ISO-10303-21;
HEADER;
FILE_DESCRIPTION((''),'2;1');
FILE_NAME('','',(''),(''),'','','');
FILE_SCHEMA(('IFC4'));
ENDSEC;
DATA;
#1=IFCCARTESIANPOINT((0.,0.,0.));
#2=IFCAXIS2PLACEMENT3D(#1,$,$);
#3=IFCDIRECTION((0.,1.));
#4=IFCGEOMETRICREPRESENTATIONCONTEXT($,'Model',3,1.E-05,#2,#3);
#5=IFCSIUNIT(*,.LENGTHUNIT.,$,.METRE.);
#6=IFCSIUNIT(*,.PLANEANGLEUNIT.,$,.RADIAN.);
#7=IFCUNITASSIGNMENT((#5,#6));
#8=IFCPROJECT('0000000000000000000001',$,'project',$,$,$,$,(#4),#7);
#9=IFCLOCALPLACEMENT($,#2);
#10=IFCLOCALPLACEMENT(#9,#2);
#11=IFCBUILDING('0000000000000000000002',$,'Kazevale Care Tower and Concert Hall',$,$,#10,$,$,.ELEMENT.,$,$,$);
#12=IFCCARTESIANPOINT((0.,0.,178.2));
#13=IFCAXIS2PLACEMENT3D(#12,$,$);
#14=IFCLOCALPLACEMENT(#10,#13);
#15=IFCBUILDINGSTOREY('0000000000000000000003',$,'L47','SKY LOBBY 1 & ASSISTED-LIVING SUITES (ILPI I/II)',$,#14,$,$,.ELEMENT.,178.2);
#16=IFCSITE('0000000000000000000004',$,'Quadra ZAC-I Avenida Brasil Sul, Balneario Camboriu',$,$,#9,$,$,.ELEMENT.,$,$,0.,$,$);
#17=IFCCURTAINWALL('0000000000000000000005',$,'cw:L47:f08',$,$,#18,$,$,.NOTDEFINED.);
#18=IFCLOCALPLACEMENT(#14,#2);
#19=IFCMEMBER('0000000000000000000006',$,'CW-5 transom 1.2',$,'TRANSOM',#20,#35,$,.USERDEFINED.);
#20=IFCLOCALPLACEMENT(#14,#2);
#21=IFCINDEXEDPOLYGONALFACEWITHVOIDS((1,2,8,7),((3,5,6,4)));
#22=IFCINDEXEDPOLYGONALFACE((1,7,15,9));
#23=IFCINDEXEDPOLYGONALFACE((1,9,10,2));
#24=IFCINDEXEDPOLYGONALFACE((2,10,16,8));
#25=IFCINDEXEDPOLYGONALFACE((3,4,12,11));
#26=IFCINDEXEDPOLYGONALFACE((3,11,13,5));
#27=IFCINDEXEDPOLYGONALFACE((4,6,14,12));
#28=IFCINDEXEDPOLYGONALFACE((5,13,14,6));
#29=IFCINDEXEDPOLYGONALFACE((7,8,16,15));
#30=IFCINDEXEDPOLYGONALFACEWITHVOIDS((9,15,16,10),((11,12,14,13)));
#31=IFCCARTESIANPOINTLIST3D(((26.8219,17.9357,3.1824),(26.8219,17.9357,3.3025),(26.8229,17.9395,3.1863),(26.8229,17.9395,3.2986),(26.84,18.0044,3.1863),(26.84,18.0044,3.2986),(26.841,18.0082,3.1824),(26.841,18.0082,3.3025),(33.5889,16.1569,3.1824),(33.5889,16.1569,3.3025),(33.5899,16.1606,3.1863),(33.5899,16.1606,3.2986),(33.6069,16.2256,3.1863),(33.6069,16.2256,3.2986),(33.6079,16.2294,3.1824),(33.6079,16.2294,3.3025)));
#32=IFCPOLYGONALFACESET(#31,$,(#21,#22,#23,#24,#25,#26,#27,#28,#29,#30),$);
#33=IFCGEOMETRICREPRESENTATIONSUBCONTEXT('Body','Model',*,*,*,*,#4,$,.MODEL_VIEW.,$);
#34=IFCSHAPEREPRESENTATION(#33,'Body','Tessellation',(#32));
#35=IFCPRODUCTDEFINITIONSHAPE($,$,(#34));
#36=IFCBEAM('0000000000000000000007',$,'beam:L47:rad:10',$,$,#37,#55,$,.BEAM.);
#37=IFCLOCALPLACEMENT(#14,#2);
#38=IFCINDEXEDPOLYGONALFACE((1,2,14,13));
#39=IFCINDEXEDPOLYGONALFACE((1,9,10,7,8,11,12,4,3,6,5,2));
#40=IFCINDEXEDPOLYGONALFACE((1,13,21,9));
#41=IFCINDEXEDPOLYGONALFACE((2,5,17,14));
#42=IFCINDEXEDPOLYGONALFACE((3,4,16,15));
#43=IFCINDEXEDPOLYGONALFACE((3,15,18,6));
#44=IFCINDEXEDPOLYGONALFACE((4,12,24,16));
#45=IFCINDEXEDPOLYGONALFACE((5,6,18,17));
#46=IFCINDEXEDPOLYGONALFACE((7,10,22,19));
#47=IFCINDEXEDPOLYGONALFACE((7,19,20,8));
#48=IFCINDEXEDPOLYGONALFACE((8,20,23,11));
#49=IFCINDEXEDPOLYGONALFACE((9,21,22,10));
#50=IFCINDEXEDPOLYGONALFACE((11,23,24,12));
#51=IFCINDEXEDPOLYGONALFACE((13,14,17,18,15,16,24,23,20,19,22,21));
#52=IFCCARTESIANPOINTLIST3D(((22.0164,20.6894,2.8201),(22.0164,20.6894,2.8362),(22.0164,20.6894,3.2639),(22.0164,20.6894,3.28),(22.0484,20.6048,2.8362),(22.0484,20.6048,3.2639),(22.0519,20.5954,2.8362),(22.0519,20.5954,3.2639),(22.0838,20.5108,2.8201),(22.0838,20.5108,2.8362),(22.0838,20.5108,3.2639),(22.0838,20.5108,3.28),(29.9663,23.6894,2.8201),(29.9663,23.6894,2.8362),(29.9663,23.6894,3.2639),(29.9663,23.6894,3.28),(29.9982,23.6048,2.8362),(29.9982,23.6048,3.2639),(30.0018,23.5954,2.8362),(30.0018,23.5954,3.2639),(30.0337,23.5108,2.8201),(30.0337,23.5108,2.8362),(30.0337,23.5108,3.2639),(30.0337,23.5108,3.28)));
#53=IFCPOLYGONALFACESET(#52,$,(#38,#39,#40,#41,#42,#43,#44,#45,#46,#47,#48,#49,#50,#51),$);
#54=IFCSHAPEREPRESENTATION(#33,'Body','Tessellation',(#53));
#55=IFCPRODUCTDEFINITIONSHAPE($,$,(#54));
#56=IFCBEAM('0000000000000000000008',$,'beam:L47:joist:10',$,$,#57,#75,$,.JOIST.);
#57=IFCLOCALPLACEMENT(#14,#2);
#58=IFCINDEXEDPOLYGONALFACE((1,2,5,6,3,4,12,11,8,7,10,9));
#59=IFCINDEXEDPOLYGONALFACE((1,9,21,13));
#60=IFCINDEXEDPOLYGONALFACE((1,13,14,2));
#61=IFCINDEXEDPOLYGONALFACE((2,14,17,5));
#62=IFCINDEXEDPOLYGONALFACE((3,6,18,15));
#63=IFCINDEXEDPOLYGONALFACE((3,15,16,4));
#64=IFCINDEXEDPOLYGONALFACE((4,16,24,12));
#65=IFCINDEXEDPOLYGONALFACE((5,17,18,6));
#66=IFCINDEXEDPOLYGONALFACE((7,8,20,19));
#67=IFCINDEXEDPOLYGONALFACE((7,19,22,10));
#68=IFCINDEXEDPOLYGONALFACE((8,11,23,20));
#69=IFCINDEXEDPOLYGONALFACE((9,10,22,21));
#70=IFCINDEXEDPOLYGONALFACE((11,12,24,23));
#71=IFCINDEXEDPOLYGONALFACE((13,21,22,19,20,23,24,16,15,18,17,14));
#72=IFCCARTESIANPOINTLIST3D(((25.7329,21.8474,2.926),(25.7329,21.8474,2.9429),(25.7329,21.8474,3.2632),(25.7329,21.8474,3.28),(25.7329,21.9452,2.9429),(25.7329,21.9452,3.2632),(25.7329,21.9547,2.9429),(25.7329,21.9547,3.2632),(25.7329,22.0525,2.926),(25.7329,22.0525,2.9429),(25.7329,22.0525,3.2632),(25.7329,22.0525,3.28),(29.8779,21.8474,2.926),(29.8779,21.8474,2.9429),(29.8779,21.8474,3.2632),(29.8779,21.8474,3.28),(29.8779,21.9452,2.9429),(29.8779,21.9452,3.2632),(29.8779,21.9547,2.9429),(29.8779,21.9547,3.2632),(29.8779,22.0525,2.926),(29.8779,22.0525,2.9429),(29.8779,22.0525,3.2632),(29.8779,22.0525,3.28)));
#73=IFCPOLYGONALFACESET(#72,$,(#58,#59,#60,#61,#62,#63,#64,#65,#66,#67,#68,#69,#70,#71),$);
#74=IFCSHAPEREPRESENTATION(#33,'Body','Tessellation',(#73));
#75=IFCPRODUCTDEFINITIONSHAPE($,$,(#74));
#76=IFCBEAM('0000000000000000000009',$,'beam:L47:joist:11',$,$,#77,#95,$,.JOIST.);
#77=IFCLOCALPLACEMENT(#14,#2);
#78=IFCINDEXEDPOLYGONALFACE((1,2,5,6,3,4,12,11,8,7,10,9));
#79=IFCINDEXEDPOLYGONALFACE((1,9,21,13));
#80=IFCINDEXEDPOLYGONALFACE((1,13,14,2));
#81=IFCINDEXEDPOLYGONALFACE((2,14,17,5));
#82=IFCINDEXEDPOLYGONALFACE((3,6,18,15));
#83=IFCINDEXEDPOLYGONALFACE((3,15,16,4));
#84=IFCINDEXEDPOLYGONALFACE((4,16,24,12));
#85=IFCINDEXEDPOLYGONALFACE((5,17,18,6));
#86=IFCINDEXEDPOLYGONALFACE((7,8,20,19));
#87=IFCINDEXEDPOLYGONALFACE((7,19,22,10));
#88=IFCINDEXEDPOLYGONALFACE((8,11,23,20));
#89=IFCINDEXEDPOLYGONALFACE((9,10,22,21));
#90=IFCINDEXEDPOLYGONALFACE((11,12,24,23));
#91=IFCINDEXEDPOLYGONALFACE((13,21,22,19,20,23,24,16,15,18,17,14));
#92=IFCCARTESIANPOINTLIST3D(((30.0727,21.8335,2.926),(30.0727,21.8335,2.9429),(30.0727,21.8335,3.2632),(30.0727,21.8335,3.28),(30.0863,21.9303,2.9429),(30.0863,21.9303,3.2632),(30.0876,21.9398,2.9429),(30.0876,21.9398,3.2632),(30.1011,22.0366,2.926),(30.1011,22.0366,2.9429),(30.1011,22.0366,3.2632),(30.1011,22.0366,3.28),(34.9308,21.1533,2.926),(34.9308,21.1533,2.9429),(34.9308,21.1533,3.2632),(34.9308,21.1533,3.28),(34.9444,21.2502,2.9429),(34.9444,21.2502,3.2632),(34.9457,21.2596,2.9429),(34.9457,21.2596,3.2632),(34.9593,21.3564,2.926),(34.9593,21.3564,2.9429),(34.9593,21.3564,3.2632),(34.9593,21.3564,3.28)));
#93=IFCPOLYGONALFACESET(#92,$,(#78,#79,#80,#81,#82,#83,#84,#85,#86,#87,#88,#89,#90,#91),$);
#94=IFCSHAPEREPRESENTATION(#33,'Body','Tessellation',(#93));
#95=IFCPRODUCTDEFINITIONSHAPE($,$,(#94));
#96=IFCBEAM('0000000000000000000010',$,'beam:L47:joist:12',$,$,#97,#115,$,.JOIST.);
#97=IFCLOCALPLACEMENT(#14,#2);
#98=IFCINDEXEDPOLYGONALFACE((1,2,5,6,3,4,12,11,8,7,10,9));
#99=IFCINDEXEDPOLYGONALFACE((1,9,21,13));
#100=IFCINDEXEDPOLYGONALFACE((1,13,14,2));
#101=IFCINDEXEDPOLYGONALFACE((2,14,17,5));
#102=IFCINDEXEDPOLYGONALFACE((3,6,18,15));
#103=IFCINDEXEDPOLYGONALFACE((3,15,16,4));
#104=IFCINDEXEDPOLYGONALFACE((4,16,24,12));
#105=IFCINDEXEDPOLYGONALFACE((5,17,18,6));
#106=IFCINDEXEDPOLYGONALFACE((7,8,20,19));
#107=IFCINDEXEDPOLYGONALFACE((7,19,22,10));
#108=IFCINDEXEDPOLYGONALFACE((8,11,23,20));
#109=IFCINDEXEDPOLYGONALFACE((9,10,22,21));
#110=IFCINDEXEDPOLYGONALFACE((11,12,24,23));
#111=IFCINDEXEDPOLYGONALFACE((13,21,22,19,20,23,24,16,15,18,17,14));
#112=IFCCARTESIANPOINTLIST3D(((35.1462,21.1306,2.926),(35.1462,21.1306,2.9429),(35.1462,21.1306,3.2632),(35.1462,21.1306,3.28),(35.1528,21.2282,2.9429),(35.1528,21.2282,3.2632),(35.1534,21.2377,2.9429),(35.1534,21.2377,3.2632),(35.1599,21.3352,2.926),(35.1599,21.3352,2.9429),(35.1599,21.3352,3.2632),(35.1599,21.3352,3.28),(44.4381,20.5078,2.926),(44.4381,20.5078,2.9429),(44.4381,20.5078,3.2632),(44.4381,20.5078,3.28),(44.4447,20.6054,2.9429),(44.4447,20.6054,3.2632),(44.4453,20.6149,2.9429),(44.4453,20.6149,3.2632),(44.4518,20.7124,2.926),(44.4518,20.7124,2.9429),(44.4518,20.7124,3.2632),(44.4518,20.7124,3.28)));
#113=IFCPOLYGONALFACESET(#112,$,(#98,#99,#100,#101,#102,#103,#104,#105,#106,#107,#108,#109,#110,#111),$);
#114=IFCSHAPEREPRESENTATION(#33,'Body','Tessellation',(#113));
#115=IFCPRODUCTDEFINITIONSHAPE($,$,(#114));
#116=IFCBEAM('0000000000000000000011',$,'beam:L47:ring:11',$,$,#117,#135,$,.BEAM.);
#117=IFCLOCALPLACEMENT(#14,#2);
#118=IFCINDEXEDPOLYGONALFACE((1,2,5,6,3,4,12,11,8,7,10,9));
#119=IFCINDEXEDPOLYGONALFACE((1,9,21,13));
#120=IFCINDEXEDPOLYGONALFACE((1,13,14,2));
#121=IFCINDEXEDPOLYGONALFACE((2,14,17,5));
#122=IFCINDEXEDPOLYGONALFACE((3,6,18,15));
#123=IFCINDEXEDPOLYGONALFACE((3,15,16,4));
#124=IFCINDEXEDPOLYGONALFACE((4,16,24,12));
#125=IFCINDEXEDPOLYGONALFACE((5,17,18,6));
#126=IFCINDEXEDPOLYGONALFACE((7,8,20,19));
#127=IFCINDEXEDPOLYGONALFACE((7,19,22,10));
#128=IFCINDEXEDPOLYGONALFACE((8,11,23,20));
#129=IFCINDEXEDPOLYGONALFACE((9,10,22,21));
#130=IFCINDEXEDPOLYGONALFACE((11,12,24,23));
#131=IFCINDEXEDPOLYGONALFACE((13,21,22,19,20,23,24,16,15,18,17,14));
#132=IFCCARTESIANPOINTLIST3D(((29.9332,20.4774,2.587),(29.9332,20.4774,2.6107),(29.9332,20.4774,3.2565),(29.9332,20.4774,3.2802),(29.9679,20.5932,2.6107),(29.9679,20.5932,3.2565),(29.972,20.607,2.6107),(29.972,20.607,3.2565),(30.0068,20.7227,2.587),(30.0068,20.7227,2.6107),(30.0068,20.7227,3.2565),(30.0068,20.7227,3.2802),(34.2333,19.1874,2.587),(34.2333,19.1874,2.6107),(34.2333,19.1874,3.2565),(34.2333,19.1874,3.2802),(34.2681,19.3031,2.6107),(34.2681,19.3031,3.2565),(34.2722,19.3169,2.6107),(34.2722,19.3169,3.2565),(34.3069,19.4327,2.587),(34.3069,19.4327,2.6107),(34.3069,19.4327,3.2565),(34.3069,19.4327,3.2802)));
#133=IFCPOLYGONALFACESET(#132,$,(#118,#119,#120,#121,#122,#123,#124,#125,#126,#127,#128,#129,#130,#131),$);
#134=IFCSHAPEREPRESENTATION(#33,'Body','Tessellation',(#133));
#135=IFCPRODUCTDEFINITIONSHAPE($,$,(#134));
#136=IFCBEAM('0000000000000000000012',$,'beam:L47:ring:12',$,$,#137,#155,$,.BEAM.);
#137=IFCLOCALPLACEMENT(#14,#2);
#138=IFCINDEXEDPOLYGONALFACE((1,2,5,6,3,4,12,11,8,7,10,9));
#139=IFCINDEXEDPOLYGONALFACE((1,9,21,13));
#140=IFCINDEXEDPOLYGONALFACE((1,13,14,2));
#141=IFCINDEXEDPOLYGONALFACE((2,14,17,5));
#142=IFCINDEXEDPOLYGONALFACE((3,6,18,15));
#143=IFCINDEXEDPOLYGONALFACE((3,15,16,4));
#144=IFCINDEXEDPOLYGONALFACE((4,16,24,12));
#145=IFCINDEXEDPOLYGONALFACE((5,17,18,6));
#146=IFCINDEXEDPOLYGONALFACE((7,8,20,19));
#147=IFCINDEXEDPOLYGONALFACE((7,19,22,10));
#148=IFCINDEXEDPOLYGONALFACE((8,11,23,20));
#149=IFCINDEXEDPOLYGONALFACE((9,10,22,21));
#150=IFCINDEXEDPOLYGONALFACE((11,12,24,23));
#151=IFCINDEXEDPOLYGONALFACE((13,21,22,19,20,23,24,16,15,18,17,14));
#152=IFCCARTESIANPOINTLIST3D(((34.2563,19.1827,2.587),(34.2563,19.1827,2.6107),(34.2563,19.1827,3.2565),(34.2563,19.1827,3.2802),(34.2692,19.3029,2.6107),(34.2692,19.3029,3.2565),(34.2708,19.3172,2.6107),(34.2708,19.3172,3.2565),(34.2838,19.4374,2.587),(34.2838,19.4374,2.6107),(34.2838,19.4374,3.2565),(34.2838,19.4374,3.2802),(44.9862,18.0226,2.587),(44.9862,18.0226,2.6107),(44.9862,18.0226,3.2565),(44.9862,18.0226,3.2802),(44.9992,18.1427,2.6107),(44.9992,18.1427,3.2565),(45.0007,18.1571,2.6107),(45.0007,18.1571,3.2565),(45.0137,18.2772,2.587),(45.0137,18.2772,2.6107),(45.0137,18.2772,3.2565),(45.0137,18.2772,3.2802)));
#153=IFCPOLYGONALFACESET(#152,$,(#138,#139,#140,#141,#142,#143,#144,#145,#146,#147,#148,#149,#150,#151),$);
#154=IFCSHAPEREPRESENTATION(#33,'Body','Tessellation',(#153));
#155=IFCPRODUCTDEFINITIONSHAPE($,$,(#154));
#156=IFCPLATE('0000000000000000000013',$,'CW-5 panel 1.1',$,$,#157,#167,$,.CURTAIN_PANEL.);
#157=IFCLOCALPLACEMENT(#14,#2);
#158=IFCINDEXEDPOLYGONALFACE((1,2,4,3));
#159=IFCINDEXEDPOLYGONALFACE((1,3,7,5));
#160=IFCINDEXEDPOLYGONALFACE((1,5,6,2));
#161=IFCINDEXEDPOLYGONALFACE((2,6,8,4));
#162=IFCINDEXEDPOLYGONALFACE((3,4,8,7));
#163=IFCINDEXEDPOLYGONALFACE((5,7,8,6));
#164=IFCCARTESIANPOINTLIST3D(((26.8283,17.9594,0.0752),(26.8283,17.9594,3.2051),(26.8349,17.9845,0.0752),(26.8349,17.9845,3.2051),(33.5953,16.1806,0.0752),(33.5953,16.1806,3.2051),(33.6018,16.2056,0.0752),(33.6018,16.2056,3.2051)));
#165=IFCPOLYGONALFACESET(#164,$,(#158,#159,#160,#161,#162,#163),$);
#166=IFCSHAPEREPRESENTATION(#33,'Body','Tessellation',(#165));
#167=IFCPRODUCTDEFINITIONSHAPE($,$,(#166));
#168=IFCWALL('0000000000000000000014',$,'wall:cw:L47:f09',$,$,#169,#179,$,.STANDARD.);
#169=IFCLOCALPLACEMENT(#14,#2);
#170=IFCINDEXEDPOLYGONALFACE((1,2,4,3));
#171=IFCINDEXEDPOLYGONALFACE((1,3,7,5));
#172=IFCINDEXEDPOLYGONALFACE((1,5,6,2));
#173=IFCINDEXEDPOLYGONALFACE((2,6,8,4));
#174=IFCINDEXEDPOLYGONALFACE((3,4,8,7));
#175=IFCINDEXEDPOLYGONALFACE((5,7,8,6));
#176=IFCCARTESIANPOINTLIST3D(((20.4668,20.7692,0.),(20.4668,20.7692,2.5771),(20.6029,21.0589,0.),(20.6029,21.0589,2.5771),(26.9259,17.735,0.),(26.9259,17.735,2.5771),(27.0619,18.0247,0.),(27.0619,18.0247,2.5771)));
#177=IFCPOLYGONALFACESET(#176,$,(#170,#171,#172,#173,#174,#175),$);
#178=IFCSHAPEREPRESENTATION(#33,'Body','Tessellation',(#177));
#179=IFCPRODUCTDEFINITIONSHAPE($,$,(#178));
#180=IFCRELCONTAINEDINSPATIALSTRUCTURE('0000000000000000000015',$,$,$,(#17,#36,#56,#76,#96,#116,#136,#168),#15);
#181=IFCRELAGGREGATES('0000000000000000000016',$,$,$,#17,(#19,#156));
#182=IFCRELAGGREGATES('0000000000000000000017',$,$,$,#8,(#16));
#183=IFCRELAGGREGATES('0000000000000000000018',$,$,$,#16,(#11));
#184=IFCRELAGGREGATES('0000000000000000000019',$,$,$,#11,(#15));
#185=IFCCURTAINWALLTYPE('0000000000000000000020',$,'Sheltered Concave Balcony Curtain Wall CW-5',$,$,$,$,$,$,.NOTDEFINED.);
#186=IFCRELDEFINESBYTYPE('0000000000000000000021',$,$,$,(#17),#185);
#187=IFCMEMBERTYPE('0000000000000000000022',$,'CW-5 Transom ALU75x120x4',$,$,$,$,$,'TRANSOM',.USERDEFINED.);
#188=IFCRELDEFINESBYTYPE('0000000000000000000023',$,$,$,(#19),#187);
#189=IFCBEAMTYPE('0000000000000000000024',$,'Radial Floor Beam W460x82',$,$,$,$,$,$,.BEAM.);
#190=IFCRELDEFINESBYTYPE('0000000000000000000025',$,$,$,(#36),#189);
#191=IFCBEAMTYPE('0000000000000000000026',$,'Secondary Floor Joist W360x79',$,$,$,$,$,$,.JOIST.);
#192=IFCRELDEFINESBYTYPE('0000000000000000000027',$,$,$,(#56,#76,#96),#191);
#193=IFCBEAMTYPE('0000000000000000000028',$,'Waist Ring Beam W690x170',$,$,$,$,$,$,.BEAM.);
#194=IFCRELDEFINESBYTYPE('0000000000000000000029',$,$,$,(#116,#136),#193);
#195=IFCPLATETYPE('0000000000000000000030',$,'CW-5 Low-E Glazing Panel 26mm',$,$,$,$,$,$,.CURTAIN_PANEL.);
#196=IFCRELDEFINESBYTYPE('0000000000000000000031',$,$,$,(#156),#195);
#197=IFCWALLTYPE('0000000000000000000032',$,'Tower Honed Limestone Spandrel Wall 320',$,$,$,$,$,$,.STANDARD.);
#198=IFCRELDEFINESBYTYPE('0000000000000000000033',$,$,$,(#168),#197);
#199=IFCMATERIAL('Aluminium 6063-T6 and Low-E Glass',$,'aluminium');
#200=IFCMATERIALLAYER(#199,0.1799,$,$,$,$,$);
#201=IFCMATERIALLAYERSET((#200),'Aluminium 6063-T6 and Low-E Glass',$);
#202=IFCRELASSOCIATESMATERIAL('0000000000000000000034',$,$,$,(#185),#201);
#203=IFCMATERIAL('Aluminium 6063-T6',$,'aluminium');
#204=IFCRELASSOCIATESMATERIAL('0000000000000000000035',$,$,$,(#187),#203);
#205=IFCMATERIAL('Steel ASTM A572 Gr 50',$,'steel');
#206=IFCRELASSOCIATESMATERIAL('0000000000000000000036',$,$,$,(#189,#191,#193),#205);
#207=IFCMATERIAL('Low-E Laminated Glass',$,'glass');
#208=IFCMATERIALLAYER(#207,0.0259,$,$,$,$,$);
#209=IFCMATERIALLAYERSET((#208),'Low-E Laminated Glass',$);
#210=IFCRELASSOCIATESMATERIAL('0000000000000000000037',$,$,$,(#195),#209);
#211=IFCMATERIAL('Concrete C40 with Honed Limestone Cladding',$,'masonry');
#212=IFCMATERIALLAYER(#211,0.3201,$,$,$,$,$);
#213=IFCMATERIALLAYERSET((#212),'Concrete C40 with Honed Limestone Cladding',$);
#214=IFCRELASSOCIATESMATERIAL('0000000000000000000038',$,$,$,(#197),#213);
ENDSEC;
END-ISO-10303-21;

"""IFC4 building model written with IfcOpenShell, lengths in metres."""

from ifc_helpers import new_model, si_unit, direction, frame, frame_2d, origin, origin_2d, place, context, subcontext, project, spatial, rectangle, hollow_rectangle, i_section, extrude, material, layer, layer_set, material_profile, profile_set, type_object, element, aggregate, save


model = new_model("IFC4")

# Units and contexts
model_context = context("Model", 3, precision=1e-05, world=origin(), true_north=direction((0.0, 1.0)))
body_context = subcontext(model_context, "Body", "Model", "MODEL_VIEW")
ifc_project = project(units=[si_unit("LENGTHUNIT", "METRE"), si_unit("PLANEANGLEUNIT", "RADIAN")], contexts=[model_context])

# Site, building, storey
site_placement = place(None, origin())
site = spatial("IfcSite", under=ifc_project, at=site_placement, Name="Quadra ZAC-I Avenida Brasil Sul, Balneario Camboriu", CompositionType="ELEMENT", RefElevation=0.0)
building_placement = place(site_placement, origin())
building = spatial("IfcBuilding", under=site, at=building_placement, Name="Kazevale Care Tower and Concert Hall", CompositionType="ELEMENT")
storey_placement = place(building_placement, frame((0.0, 0.0, 178.2)))
storey = spatial("IfcBuildingStorey", under=building, at=storey_placement, Name="L47", Description="SKY LOBBY 1 & ASSISTED-LIVING SUITES (ILPI I/II)", CompositionType="ELEMENT", Elevation=178.2)

# Shared definitions
ifc_material_1 = material(Name="Aluminium 6063-T6 and Low-E Glass", Category="aluminium")
ifc_layer_1 = layer(ifc_material_1, 0.1799)
ifc_layer_set_1 = layer_set([ifc_layer_1], Name="Aluminium 6063-T6 and Low-E Glass")
curtain_wall_type = type_object("IfcCurtainWallType", Name="Sheltered Concave Balcony Curtain Wall CW-5", PredefinedType="NOTDEFINED", material=ifc_layer_set_1)
ifc_material_2 = material(Name="Aluminium 6063-T6", Category="aluminium")

# Curtain wall, member
curtain_wall_1_placement = place(storey_placement, origin())
curtain_wall_1 = element("IfcCurtainWall", 1, at=curtain_wall_1_placement, inside=storey, type_object=curtain_wall_type, Name="cw:L47:f08", PredefinedType="NOTDEFINED")
ifc_material_profile_1 = material_profile(ifc_material_2, hollow_rectangle(XDim=0.075, YDim=0.1201, WallThickness=0.0039, at=origin_2d()), Name="ALU75x120x4")
ifc_profile_set_1 = profile_set([ifc_material_profile_1], Name="Aluminium 6063-T6")
member_type_1 = type_object("IfcMemberType", Name="CW-5 Transom ALU75x120x4", ElementType="TRANSOM", PredefinedType="USERDEFINED", material=ifc_profile_set_1)
member_1_placement = place(storey_placement, frame((33.5984, 16.1931, 3.2424), z_axis=(-0.967143, 0.254234, 0.0), x_axis=(-0.254234, -0.967143, 0.0)))
member_1 = element("IfcMember", 2, at=member_1_placement, type_object=member_type_1, Name="CW-5 transom 1.2", ObjectType="TRANSOM", PredefinedType="USERDEFINED", context=body_context, shape_type="SweptSolid", body=[
    extrude(hollow_rectangle(XDim=0.075, YDim=0.1201, WallThickness=0.0039, at=origin_2d()), origin(), (0.0, 0.0, 1.0), 6.9968),
])

# Beams
ifc_material_3 = material(Name="Steel ASTM A572 Gr 50", Category="steel")
ifc_material_profile_2 = material_profile(ifc_material_3, i_section(OverallWidth=0.1909, OverallDepth=0.46, WebThickness=0.01, FlangeThickness=0.0161, at=origin_2d()), Name="W460x82")
ifc_profile_set_2 = profile_set([ifc_material_profile_2], Name="Steel ASTM A572 Gr 50")
beam_type_1 = type_object("IfcBeamType", Name="Radial Floor Beam W460x82", PredefinedType="BEAM", material=ifc_profile_set_2)
beam_1_placement = place(storey_placement, frame((30.0, 23.6001, 3.05), z_axis=(-0.935601, -0.353059, 0.0), x_axis=(0.353059, -0.935601, 0.0)))
element("IfcBeam", 3, at=beam_1_placement, inside=storey, type_object=beam_type_1, Name="beam:L47:rad:10", PredefinedType="BEAM", context=body_context, shape_type="SweptSolid", body=[
    extrude(i_section(OverallWidth=0.1909, OverallDepth=0.46, WebThickness=0.01, FlangeThickness=0.0161, at=origin_2d()), origin(), (0.0, 0.0, 1.0), 8.4971),
])
ifc_material_profile_3 = material_profile(ifc_material_3, i_section(OverallWidth=0.2051, OverallDepth=0.354, WebThickness=0.0095, FlangeThickness=0.0168, at=origin_2d()), Name="W360x79")
ifc_profile_set_3 = profile_set([ifc_material_profile_3], Name="Steel ASTM A572 Gr 50")
beam_type_2 = type_object("IfcBeamType", Name="Secondary Floor Joist W360x79", PredefinedType="JOIST", material=ifc_profile_set_3)
beam_2_placement = place(storey_placement, frame((25.7329, 21.95, 3.103), z_axis=(1.0, 0.0, 0.0), x_axis=(0.0, 1.0, 0.0)))
element("IfcBeam", 4, at=beam_2_placement, inside=storey, type_object=beam_type_2, Name="beam:L47:joist:10", PredefinedType="JOIST", context=body_context, shape_type="SweptSolid", body=[
    extrude(i_section(OverallWidth=0.2051, OverallDepth=0.354, WebThickness=0.0095, FlangeThickness=0.0168, at=origin_2d()), origin(), (0.0, 0.0, 1.0), 4.145),
])
beam_3_placement = place(storey_placement, frame((30.0869, 21.9351, 3.103), z_axis=(0.990341, -0.138655, 0.0), x_axis=(0.138655, 0.990341, 0.0)))
element("IfcBeam", 5, at=beam_3_placement, inside=storey, type_object=beam_type_2, Name="beam:L47:joist:11", PredefinedType="JOIST", context=body_context, shape_type="SweptSolid", body=[
    extrude(i_section(OverallWidth=0.2051, OverallDepth=0.354, WebThickness=0.0095, FlangeThickness=0.0168, at=origin_2d()), origin(), (0.0, 0.0, 1.0), 4.9055),
])
beam_4_placement = place(storey_placement, frame((35.1531, 21.2329, 3.103), z_axis=(0.997761, -0.066876, 0.0), x_axis=(0.066876, 0.997761, 0.0)))
element("IfcBeam", 6, at=beam_4_placement, inside=storey, type_object=beam_type_2, Name="beam:L47:joist:12", PredefinedType="JOIST", context=body_context, shape_type="SweptSolid", body=[
    extrude(i_section(OverallWidth=0.2051, OverallDepth=0.354, WebThickness=0.0095, FlangeThickness=0.0168, at=origin_2d()), origin(), (0.0, 0.0, 1.0), 9.3127),
])
ifc_material_profile_4 = material_profile(ifc_material_3, i_section(OverallWidth=0.2561, OverallDepth=0.6931, WebThickness=0.0144, FlangeThickness=0.0237, at=origin_2d()), Name="W690x170")
ifc_profile_set_4 = profile_set([ifc_material_profile_4], Name="Steel ASTM A572 Gr 50")
beam_type_3 = type_object("IfcBeamType", Name="Waist Ring Beam W690x170", PredefinedType="BEAM", material=ifc_profile_set_4)
beam_5_placement = place(storey_placement, frame((29.97, 20.6001, 2.9336), z_axis=(0.957825, -0.287353, 0.0), x_axis=(0.287353, 0.957825, 0.0)))
element("IfcBeam", 7, at=beam_5_placement, inside=storey, type_object=beam_type_3, Name="beam:L47:ring:11", PredefinedType="BEAM", context=body_context, shape_type="SweptSolid", body=[
    extrude(i_section(OverallWidth=0.2561, OverallDepth=0.6931, WebThickness=0.0144, FlangeThickness=0.0237, at=origin_2d()), origin(), (0.0, 0.0, 1.0), 4.4895),
])
beam_6_placement = place(storey_placement, frame((34.27, 19.3101, 2.9336), z_axis=(0.994205, -0.107496, 0.0), x_axis=(0.107496, 0.994205, 0.0)))
element("IfcBeam", 8, at=beam_6_placement, inside=storey, type_object=beam_type_3, Name="beam:L47:ring:12", PredefinedType="BEAM", context=body_context, shape_type="SweptSolid", body=[
    extrude(i_section(OverallWidth=0.2561, OverallDepth=0.6931, WebThickness=0.0144, FlangeThickness=0.0237, at=origin_2d()), origin(), (0.0, 0.0, 1.0), 10.7925),
])

# Plate
ifc_material_4 = material(Name="Low-E Laminated Glass", Category="glass")
ifc_layer_2 = layer(ifc_material_4, 0.0259)
ifc_layer_set_2 = layer_set([ifc_layer_2], Name="Low-E Laminated Glass")
plate_type = type_object("IfcPlateType", Name="CW-5 Low-E Glazing Panel 26mm", PredefinedType="CURTAIN_PANEL", material=ifc_layer_set_2)
plate_placement = place(storey_placement, frame((30.2151, 17.0825, 0.0752), z_axis=(0.0, 0.0, 1.0), x_axis=(-0.967142, 0.254238, 0.0)))
plate = element("IfcPlate", 9, at=plate_placement, type_object=plate_type, Name="CW-5 panel 1.1", PredefinedType="CURTAIN_PANEL", context=body_context, shape_type="SweptSolid", body=[
    extrude(rectangle(XDim=6.9968, YDim=0.0259, at=origin_2d()), origin(), (0.0, 0.0, 1.0), 3.1299),
])
aggregate(curtain_wall_1, [member_1, plate])

# Wall
ifc_material_5 = material(Name="Concrete C40 with Honed Limestone Cladding", Category="masonry")
ifc_layer_3 = layer(ifc_material_5, 0.3201)
ifc_layer_set_3 = layer_set([ifc_layer_3], Name="Concrete C40 with Honed Limestone Cladding")
wall_type = type_object("IfcWallType", Name="Tower Honed Limestone Spandrel Wall 320", PredefinedType="STANDARD", material=ifc_layer_set_3)
wall_placement = place(storey_placement, frame((26.9939, 17.8799, 0.0), z_axis=(0.0, 0.0, 1.0), x_axis=(-0.905107, 0.425184, 0.0)))
element("IfcWall", 10, at=wall_placement, inside=storey, type_object=wall_type, Name="wall:cw:L47:f09", PredefinedType="STANDARD", context=body_context, shape_type="SweptSolid", body=[
    extrude(rectangle(XDim=7.1362, YDim=0.3201, at=frame_2d((3.5681, 0.0))), origin(), (0.0, 0.0, 1.0), 2.5771),
])

save(model, "model.ifc")
